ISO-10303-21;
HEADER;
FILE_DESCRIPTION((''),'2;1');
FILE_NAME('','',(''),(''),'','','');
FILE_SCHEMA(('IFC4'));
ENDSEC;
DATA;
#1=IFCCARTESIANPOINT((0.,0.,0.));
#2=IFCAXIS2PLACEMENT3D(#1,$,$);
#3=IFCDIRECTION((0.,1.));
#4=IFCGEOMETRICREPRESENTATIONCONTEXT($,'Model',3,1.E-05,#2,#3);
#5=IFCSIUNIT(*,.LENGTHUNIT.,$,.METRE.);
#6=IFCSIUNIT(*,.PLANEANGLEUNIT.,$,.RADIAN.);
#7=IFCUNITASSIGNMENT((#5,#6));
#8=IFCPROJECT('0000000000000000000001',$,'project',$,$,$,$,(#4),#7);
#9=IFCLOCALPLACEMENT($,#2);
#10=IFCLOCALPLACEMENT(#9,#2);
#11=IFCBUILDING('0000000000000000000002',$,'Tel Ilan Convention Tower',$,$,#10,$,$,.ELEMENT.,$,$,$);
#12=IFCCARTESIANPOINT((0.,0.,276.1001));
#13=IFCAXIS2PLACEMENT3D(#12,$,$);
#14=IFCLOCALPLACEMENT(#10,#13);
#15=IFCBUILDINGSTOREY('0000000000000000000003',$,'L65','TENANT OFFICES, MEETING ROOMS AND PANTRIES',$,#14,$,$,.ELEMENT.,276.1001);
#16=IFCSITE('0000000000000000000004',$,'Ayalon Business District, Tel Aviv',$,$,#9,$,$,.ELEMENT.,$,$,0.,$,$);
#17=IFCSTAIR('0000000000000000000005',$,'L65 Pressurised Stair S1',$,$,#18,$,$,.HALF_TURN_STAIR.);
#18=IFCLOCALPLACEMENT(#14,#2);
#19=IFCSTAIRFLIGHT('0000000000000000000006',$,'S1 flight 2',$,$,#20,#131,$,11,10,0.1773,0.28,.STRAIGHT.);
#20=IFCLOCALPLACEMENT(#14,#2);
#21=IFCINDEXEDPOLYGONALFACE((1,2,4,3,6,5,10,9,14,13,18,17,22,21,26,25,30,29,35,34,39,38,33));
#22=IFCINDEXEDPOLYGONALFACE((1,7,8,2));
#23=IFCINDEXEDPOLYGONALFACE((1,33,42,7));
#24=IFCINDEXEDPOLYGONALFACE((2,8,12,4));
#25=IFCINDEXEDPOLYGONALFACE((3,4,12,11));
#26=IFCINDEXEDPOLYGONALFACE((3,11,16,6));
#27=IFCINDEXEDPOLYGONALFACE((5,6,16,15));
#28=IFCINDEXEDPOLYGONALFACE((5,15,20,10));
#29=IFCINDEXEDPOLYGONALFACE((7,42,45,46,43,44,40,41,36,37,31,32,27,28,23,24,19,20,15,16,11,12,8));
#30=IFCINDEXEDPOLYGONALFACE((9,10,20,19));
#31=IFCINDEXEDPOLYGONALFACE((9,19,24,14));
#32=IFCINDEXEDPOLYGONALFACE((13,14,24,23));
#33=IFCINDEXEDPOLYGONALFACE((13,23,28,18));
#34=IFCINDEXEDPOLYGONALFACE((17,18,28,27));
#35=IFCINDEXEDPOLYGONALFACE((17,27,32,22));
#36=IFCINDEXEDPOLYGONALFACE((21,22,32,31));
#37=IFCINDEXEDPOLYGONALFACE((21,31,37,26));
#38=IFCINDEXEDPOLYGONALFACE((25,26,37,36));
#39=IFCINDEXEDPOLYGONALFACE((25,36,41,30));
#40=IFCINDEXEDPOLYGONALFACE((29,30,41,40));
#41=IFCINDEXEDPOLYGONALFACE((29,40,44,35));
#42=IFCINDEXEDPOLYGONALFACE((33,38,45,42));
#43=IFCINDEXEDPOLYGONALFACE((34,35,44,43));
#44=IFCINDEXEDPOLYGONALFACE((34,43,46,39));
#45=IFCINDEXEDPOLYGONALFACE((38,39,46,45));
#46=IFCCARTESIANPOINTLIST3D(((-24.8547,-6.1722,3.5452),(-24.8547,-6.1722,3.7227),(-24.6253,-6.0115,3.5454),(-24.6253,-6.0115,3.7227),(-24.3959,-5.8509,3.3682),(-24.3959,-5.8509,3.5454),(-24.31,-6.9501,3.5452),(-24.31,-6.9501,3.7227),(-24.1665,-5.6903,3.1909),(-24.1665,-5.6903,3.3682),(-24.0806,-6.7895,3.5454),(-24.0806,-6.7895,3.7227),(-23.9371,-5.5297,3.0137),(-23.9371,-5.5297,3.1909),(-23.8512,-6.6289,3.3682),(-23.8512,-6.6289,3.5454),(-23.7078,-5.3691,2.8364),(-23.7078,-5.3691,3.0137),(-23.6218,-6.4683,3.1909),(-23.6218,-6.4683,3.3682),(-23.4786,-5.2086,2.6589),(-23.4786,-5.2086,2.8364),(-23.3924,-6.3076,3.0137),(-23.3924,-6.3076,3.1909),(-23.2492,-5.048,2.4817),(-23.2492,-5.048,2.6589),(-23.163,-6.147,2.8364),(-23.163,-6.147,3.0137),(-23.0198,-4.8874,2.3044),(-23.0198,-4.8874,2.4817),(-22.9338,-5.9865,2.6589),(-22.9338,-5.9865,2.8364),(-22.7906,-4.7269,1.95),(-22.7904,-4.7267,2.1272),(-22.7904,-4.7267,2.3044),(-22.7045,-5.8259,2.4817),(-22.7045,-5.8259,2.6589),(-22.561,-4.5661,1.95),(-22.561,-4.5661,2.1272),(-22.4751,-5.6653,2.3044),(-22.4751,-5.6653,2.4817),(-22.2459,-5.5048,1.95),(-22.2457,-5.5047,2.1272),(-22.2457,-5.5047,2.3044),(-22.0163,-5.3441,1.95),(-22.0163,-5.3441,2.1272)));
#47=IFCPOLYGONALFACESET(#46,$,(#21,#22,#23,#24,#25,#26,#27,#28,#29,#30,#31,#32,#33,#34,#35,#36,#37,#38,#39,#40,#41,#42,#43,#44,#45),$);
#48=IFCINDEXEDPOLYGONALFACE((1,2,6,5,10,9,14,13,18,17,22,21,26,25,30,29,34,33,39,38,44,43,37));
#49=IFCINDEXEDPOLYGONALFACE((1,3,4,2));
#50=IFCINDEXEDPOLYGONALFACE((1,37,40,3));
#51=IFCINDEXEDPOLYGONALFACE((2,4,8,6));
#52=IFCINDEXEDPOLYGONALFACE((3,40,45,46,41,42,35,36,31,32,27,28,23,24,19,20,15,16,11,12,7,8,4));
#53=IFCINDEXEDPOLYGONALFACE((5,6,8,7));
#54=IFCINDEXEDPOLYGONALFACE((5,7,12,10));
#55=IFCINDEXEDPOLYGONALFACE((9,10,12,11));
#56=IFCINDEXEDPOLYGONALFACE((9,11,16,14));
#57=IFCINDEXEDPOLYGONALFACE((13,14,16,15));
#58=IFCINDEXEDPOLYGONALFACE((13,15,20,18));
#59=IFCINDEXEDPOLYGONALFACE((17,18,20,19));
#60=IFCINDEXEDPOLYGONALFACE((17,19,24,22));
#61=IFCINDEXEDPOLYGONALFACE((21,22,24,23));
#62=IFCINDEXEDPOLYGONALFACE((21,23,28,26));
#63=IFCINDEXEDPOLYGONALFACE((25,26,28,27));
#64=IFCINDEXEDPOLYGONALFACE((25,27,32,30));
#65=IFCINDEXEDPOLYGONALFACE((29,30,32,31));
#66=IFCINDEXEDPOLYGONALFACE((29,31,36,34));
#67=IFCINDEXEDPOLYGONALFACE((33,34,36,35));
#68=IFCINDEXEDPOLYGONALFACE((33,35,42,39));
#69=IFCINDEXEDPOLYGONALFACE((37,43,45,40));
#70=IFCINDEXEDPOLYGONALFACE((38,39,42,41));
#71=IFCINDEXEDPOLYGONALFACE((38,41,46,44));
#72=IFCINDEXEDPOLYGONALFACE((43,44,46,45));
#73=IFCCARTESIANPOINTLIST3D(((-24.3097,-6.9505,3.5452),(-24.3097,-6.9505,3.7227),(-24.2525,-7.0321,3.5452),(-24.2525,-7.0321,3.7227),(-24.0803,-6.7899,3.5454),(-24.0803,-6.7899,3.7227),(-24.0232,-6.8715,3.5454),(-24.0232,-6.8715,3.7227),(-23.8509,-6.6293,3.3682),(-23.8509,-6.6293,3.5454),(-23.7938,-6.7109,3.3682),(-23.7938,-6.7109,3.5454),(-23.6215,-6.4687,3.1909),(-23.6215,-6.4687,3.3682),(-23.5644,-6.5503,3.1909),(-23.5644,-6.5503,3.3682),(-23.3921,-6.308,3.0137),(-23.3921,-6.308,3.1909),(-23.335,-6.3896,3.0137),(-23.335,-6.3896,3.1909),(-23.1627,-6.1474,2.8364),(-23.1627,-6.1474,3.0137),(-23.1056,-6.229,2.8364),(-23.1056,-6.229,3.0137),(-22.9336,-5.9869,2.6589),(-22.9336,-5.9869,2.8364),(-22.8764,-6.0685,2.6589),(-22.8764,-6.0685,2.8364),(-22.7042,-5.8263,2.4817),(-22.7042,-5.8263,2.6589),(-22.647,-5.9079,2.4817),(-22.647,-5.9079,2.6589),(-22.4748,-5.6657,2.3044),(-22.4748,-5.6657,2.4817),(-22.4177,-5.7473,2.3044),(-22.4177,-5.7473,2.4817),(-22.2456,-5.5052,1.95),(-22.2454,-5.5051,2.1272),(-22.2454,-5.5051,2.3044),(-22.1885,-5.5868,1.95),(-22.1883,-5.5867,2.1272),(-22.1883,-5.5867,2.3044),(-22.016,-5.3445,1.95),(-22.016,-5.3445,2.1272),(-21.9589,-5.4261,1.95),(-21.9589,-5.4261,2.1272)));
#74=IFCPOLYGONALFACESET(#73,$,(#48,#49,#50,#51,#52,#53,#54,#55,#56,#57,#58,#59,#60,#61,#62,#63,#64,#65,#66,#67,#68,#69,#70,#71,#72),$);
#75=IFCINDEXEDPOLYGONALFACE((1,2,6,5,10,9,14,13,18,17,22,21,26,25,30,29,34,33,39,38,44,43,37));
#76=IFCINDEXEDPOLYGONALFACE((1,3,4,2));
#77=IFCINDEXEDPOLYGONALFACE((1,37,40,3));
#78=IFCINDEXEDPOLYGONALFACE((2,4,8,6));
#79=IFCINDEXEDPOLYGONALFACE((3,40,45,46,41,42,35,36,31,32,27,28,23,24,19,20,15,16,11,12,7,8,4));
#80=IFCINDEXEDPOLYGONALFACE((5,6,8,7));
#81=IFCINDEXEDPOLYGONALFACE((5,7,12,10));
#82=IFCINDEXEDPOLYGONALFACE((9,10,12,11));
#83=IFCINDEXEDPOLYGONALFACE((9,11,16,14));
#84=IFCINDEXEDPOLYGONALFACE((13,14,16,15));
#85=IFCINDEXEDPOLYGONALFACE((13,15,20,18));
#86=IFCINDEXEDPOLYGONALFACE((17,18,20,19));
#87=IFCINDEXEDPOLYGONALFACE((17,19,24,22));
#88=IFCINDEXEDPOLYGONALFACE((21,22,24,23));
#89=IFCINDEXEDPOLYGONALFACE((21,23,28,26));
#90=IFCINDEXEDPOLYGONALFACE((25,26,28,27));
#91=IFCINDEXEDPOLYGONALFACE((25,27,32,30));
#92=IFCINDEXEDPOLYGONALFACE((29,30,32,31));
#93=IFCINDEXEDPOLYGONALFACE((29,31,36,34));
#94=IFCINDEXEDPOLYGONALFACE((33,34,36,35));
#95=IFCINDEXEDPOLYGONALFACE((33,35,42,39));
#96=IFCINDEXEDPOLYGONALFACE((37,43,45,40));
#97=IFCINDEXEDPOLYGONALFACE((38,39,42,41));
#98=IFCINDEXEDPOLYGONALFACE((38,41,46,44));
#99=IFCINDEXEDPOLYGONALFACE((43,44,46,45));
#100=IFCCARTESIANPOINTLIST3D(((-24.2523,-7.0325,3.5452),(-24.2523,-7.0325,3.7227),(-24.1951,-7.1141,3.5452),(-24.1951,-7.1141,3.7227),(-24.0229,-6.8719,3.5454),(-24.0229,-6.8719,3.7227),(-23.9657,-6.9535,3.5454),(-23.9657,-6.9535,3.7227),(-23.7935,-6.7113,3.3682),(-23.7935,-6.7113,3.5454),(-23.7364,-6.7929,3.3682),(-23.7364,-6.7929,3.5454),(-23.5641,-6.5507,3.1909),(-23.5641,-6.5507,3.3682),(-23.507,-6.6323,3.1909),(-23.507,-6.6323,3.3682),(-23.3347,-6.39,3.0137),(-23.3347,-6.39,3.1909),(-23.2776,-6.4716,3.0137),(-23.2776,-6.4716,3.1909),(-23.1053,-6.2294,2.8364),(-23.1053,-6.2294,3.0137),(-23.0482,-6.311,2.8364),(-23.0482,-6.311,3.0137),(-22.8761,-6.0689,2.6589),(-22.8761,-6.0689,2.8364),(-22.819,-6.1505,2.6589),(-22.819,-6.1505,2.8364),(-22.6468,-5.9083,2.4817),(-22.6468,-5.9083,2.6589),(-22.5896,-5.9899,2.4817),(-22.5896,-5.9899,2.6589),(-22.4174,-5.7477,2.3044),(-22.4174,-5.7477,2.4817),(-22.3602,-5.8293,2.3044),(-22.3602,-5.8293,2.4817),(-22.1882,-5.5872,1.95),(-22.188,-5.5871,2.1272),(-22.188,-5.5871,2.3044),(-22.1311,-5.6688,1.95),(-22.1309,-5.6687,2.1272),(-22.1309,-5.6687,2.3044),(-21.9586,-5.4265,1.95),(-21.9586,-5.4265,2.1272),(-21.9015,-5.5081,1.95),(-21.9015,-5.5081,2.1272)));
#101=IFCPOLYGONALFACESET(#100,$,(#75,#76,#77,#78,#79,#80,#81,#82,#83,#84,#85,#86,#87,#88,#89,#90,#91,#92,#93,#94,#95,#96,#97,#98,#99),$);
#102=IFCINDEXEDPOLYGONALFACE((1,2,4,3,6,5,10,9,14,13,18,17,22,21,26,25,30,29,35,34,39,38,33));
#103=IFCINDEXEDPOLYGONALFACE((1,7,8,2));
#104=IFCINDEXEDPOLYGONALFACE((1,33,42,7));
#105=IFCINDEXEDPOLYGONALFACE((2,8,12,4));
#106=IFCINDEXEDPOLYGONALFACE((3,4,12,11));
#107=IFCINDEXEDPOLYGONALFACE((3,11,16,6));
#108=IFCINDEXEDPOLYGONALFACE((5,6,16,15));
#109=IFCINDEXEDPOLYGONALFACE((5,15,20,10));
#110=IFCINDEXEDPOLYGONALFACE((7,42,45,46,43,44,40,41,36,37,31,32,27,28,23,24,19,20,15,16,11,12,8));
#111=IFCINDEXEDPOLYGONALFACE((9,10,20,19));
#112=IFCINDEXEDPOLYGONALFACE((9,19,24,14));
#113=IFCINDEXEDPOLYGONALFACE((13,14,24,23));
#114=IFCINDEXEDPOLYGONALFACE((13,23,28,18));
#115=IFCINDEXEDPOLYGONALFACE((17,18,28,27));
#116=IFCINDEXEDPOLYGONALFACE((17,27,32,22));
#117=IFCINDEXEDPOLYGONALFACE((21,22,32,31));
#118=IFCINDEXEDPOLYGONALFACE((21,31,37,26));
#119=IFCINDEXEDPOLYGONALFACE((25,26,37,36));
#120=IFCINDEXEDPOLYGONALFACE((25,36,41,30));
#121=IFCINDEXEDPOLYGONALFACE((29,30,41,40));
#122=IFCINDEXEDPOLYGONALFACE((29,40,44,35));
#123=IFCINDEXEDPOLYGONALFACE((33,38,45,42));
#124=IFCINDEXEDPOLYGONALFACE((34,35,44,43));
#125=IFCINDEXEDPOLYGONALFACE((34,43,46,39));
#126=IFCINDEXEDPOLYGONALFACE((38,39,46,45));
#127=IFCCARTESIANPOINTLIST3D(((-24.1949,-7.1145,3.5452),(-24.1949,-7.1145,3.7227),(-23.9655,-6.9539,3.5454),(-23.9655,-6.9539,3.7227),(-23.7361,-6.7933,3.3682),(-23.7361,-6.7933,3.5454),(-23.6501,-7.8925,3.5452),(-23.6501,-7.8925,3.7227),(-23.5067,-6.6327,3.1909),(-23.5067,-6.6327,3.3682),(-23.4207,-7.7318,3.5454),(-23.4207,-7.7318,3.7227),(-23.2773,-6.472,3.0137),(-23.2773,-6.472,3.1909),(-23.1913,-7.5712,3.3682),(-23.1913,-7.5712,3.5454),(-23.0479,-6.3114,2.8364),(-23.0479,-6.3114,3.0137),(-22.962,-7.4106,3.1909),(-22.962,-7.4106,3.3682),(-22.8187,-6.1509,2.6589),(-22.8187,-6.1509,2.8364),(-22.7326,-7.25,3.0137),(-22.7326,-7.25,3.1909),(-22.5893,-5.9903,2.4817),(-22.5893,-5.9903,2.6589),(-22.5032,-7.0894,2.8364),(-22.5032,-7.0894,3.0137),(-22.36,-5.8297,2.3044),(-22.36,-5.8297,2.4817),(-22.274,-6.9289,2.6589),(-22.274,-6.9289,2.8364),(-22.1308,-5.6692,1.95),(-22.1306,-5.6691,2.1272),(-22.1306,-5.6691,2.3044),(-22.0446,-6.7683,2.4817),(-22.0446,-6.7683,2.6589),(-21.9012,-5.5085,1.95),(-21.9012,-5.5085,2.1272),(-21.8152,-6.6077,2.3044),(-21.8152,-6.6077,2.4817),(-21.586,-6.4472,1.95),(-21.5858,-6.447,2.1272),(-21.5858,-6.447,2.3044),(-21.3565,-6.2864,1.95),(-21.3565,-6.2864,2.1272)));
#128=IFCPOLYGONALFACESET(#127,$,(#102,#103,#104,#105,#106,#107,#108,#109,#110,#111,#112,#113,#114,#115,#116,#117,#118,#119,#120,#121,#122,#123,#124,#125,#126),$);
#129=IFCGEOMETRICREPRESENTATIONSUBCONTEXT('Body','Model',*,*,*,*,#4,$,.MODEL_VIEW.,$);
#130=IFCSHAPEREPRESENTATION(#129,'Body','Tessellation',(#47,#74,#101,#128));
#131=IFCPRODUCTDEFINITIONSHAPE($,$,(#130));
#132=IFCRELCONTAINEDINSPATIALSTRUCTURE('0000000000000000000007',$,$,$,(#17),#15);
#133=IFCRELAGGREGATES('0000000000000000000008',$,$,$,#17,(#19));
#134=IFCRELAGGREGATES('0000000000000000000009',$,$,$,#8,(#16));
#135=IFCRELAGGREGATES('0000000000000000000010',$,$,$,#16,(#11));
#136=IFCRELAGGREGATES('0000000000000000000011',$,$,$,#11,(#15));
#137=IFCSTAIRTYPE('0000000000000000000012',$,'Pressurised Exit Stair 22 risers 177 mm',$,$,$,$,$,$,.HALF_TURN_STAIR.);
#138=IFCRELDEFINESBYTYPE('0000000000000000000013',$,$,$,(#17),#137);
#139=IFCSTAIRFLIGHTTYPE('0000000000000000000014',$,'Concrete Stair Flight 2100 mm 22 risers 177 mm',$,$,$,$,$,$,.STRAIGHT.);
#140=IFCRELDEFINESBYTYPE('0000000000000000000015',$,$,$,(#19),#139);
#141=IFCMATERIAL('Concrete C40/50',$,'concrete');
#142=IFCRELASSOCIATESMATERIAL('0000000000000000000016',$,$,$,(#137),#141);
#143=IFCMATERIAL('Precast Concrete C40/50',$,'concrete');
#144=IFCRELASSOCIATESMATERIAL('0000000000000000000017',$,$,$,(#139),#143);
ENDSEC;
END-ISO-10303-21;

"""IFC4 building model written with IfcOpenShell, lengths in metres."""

from ifc_helpers import new_model, si_unit, direction, frame, origin, place, context, subcontext, project, spatial, polyline, outline, extrude, material, type_object, element, aggregate, save


model = new_model("IFC4")

# Units and contexts
model_context = context("Model", 3, precision=1e-05, world=origin(), true_north=direction((0.0, 1.0)))
body_context = subcontext(model_context, "Body", "Model", "MODEL_VIEW")
ifc_project = project(units=[si_unit("LENGTHUNIT", "METRE"), si_unit("PLANEANGLEUNIT", "RADIAN")], contexts=[model_context])

# Site, building, storey
site_placement = place(None, origin())
site = spatial("IfcSite", under=ifc_project, at=site_placement, Name="Ayalon Business District, Tel Aviv", CompositionType="ELEMENT", RefElevation=0.0)
building_placement = place(site_placement, origin())
building = spatial("IfcBuilding", under=site, at=building_placement, Name="Tel Ilan Convention Tower", CompositionType="ELEMENT")
storey_placement = place(building_placement, frame((0.0, 0.0, 276.1001)))
storey = spatial("IfcBuildingStorey", under=building, at=storey_placement, Name="L65", Description="TENANT OFFICES, MEETING ROOMS AND PANTRIES", CompositionType="ELEMENT", Elevation=276.1001)

# Stair, stair flight
ifc_material_1 = material(Name="Concrete C40/50", Category="concrete")
stair_type = type_object("IfcStairType", Name="Pressurised Exit Stair 22 risers 177 mm", PredefinedType="HALF_TURN_STAIR", material=ifc_material_1)
stair_1_placement = place(storey_placement, origin())
stair_1 = element("IfcStair", 1, at=stair_1_placement, inside=storey, type_object=stair_type, Name="L65 Pressurised Stair S1", PredefinedType="HALF_TURN_STAIR")
ifc_material_2 = material(Name="Precast Concrete C40/50", Category="concrete")
stair_flight_type = type_object("IfcStairFlightType", Name="Concrete Stair Flight 2100 mm 22 risers 177 mm", PredefinedType="STRAIGHT", material=ifc_material_2)
stair_flight_1_placement = place(storey_placement, frame((-21.9587, -5.4263, 1.95), z_axis=(0.0, 0.0, 1.0), x_axis=(-0.819152, -0.573576, 0.0)))
stair_flight_1 = element("IfcStairFlight", 2, at=stair_flight_1_placement, type_object=stair_flight_type, Name="S1 flight 2", NumberOfRisers=11, NumberOfTreads=10, PredefinedType="STRAIGHT", RiserHeight=0.1773, TreadLength=0.28, context=body_context, shape_type="SweptSolid", body=[
    extrude(outline(polyline([(0.0, 0.0), (0.0, 0.1772), (0.28, 0.1772), (0.28, 0.3545), (0.5601, 0.3545), (0.5601, 0.5317), (0.8401, 0.5317), (0.8401, 0.709), (1.1201, 0.709), (1.1201, 0.8865), (1.3999, 0.8865), (1.3999, 1.0637), (1.6799, 1.0637), (1.6799, 1.241), (1.96, 1.241), (1.96, 1.4182), (2.24, 1.4182), (2.24, 1.5955), (2.52, 1.5955), (2.52, 1.7727), (2.8, 1.7727), (2.8, 1.95), (2.8, 1.5952), (0.2803, 0.0), (0.0, 0.0)])), frame((0.0, -0.1003, 0.0), z_axis=(0.0, -1.0, 0.0), x_axis=(1.0, 0.0, 0.0)), (0.0, 0.0, 1.0), 0.9497),
    extrude(outline(polyline([(0.0, 0.0), (0.0, 0.1772), (0.28, 0.1772), (0.28, 0.3545), (0.5601, 0.3545), (0.5601, 0.5317), (0.8401, 0.5317), (0.8401, 0.709), (1.1201, 0.709), (1.1201, 0.8865), (1.3999, 0.8865), (1.3999, 1.0637), (1.6799, 1.0637), (1.6799, 1.241), (1.96, 1.241), (1.96, 1.4182), (2.24, 1.4182), (2.24, 1.5955), (2.52, 1.5955), (2.52, 1.7727), (2.8, 1.7727), (2.8, 1.95), (2.8, 1.5952), (0.2803, 0.0), (0.0, 0.0)])), frame((0.0, -0.0002, 0.0), z_axis=(0.0, -1.0, 0.0), x_axis=(1.0, 0.0, 0.0)), (0.0, 0.0, 1.0), 0.0996),
    extrude(outline(polyline([(0.0, 0.0), (0.0, 0.1772), (0.28, 0.1772), (0.28, 0.3545), (0.5601, 0.3545), (0.5601, 0.5317), (0.8401, 0.5317), (0.8401, 0.709), (1.1201, 0.709), (1.1201, 0.8865), (1.3999, 0.8865), (1.3999, 1.0637), (1.6799, 1.0637), (1.6799, 1.241), (1.96, 1.241), (1.96, 1.4182), (2.24, 1.4182), (2.24, 1.5955), (2.52, 1.5955), (2.52, 1.7727), (2.8, 1.7727), (2.8, 1.95), (2.8, 1.5952), (0.2803, 0.0), (0.0, 0.0)])), frame((0.0, 0.0999, 0.0), z_axis=(0.0, -1.0, 0.0), x_axis=(1.0, 0.0, 0.0)), (0.0, 0.0, 1.0), 0.0996),
    extrude(outline(polyline([(0.0, 0.0), (0.0, 0.1772), (0.28, 0.1772), (0.28, 0.3545), (0.5601, 0.3545), (0.5601, 0.5317), (0.8401, 0.5317), (0.8401, 0.709), (1.1201, 0.709), (1.1201, 0.8865), (1.3999, 0.8865), (1.3999, 1.0637), (1.6799, 1.0637), (1.6799, 1.241), (1.96, 1.241), (1.96, 1.4182), (2.24, 1.4182), (2.24, 1.5955), (2.52, 1.5955), (2.52, 1.7727), (2.8, 1.7727), (2.8, 1.95), (2.8, 1.5952), (0.2803, 0.0), (0.0, 0.0)])), frame((0.0, 1.05, 0.0), z_axis=(0.0, -1.0, 0.0), x_axis=(1.0, 0.0, 0.0)), (0.0, 0.0, 1.0), 0.9497),
])
aggregate(stair_1, [stair_flight_1])

save(model, "model.ifc")
